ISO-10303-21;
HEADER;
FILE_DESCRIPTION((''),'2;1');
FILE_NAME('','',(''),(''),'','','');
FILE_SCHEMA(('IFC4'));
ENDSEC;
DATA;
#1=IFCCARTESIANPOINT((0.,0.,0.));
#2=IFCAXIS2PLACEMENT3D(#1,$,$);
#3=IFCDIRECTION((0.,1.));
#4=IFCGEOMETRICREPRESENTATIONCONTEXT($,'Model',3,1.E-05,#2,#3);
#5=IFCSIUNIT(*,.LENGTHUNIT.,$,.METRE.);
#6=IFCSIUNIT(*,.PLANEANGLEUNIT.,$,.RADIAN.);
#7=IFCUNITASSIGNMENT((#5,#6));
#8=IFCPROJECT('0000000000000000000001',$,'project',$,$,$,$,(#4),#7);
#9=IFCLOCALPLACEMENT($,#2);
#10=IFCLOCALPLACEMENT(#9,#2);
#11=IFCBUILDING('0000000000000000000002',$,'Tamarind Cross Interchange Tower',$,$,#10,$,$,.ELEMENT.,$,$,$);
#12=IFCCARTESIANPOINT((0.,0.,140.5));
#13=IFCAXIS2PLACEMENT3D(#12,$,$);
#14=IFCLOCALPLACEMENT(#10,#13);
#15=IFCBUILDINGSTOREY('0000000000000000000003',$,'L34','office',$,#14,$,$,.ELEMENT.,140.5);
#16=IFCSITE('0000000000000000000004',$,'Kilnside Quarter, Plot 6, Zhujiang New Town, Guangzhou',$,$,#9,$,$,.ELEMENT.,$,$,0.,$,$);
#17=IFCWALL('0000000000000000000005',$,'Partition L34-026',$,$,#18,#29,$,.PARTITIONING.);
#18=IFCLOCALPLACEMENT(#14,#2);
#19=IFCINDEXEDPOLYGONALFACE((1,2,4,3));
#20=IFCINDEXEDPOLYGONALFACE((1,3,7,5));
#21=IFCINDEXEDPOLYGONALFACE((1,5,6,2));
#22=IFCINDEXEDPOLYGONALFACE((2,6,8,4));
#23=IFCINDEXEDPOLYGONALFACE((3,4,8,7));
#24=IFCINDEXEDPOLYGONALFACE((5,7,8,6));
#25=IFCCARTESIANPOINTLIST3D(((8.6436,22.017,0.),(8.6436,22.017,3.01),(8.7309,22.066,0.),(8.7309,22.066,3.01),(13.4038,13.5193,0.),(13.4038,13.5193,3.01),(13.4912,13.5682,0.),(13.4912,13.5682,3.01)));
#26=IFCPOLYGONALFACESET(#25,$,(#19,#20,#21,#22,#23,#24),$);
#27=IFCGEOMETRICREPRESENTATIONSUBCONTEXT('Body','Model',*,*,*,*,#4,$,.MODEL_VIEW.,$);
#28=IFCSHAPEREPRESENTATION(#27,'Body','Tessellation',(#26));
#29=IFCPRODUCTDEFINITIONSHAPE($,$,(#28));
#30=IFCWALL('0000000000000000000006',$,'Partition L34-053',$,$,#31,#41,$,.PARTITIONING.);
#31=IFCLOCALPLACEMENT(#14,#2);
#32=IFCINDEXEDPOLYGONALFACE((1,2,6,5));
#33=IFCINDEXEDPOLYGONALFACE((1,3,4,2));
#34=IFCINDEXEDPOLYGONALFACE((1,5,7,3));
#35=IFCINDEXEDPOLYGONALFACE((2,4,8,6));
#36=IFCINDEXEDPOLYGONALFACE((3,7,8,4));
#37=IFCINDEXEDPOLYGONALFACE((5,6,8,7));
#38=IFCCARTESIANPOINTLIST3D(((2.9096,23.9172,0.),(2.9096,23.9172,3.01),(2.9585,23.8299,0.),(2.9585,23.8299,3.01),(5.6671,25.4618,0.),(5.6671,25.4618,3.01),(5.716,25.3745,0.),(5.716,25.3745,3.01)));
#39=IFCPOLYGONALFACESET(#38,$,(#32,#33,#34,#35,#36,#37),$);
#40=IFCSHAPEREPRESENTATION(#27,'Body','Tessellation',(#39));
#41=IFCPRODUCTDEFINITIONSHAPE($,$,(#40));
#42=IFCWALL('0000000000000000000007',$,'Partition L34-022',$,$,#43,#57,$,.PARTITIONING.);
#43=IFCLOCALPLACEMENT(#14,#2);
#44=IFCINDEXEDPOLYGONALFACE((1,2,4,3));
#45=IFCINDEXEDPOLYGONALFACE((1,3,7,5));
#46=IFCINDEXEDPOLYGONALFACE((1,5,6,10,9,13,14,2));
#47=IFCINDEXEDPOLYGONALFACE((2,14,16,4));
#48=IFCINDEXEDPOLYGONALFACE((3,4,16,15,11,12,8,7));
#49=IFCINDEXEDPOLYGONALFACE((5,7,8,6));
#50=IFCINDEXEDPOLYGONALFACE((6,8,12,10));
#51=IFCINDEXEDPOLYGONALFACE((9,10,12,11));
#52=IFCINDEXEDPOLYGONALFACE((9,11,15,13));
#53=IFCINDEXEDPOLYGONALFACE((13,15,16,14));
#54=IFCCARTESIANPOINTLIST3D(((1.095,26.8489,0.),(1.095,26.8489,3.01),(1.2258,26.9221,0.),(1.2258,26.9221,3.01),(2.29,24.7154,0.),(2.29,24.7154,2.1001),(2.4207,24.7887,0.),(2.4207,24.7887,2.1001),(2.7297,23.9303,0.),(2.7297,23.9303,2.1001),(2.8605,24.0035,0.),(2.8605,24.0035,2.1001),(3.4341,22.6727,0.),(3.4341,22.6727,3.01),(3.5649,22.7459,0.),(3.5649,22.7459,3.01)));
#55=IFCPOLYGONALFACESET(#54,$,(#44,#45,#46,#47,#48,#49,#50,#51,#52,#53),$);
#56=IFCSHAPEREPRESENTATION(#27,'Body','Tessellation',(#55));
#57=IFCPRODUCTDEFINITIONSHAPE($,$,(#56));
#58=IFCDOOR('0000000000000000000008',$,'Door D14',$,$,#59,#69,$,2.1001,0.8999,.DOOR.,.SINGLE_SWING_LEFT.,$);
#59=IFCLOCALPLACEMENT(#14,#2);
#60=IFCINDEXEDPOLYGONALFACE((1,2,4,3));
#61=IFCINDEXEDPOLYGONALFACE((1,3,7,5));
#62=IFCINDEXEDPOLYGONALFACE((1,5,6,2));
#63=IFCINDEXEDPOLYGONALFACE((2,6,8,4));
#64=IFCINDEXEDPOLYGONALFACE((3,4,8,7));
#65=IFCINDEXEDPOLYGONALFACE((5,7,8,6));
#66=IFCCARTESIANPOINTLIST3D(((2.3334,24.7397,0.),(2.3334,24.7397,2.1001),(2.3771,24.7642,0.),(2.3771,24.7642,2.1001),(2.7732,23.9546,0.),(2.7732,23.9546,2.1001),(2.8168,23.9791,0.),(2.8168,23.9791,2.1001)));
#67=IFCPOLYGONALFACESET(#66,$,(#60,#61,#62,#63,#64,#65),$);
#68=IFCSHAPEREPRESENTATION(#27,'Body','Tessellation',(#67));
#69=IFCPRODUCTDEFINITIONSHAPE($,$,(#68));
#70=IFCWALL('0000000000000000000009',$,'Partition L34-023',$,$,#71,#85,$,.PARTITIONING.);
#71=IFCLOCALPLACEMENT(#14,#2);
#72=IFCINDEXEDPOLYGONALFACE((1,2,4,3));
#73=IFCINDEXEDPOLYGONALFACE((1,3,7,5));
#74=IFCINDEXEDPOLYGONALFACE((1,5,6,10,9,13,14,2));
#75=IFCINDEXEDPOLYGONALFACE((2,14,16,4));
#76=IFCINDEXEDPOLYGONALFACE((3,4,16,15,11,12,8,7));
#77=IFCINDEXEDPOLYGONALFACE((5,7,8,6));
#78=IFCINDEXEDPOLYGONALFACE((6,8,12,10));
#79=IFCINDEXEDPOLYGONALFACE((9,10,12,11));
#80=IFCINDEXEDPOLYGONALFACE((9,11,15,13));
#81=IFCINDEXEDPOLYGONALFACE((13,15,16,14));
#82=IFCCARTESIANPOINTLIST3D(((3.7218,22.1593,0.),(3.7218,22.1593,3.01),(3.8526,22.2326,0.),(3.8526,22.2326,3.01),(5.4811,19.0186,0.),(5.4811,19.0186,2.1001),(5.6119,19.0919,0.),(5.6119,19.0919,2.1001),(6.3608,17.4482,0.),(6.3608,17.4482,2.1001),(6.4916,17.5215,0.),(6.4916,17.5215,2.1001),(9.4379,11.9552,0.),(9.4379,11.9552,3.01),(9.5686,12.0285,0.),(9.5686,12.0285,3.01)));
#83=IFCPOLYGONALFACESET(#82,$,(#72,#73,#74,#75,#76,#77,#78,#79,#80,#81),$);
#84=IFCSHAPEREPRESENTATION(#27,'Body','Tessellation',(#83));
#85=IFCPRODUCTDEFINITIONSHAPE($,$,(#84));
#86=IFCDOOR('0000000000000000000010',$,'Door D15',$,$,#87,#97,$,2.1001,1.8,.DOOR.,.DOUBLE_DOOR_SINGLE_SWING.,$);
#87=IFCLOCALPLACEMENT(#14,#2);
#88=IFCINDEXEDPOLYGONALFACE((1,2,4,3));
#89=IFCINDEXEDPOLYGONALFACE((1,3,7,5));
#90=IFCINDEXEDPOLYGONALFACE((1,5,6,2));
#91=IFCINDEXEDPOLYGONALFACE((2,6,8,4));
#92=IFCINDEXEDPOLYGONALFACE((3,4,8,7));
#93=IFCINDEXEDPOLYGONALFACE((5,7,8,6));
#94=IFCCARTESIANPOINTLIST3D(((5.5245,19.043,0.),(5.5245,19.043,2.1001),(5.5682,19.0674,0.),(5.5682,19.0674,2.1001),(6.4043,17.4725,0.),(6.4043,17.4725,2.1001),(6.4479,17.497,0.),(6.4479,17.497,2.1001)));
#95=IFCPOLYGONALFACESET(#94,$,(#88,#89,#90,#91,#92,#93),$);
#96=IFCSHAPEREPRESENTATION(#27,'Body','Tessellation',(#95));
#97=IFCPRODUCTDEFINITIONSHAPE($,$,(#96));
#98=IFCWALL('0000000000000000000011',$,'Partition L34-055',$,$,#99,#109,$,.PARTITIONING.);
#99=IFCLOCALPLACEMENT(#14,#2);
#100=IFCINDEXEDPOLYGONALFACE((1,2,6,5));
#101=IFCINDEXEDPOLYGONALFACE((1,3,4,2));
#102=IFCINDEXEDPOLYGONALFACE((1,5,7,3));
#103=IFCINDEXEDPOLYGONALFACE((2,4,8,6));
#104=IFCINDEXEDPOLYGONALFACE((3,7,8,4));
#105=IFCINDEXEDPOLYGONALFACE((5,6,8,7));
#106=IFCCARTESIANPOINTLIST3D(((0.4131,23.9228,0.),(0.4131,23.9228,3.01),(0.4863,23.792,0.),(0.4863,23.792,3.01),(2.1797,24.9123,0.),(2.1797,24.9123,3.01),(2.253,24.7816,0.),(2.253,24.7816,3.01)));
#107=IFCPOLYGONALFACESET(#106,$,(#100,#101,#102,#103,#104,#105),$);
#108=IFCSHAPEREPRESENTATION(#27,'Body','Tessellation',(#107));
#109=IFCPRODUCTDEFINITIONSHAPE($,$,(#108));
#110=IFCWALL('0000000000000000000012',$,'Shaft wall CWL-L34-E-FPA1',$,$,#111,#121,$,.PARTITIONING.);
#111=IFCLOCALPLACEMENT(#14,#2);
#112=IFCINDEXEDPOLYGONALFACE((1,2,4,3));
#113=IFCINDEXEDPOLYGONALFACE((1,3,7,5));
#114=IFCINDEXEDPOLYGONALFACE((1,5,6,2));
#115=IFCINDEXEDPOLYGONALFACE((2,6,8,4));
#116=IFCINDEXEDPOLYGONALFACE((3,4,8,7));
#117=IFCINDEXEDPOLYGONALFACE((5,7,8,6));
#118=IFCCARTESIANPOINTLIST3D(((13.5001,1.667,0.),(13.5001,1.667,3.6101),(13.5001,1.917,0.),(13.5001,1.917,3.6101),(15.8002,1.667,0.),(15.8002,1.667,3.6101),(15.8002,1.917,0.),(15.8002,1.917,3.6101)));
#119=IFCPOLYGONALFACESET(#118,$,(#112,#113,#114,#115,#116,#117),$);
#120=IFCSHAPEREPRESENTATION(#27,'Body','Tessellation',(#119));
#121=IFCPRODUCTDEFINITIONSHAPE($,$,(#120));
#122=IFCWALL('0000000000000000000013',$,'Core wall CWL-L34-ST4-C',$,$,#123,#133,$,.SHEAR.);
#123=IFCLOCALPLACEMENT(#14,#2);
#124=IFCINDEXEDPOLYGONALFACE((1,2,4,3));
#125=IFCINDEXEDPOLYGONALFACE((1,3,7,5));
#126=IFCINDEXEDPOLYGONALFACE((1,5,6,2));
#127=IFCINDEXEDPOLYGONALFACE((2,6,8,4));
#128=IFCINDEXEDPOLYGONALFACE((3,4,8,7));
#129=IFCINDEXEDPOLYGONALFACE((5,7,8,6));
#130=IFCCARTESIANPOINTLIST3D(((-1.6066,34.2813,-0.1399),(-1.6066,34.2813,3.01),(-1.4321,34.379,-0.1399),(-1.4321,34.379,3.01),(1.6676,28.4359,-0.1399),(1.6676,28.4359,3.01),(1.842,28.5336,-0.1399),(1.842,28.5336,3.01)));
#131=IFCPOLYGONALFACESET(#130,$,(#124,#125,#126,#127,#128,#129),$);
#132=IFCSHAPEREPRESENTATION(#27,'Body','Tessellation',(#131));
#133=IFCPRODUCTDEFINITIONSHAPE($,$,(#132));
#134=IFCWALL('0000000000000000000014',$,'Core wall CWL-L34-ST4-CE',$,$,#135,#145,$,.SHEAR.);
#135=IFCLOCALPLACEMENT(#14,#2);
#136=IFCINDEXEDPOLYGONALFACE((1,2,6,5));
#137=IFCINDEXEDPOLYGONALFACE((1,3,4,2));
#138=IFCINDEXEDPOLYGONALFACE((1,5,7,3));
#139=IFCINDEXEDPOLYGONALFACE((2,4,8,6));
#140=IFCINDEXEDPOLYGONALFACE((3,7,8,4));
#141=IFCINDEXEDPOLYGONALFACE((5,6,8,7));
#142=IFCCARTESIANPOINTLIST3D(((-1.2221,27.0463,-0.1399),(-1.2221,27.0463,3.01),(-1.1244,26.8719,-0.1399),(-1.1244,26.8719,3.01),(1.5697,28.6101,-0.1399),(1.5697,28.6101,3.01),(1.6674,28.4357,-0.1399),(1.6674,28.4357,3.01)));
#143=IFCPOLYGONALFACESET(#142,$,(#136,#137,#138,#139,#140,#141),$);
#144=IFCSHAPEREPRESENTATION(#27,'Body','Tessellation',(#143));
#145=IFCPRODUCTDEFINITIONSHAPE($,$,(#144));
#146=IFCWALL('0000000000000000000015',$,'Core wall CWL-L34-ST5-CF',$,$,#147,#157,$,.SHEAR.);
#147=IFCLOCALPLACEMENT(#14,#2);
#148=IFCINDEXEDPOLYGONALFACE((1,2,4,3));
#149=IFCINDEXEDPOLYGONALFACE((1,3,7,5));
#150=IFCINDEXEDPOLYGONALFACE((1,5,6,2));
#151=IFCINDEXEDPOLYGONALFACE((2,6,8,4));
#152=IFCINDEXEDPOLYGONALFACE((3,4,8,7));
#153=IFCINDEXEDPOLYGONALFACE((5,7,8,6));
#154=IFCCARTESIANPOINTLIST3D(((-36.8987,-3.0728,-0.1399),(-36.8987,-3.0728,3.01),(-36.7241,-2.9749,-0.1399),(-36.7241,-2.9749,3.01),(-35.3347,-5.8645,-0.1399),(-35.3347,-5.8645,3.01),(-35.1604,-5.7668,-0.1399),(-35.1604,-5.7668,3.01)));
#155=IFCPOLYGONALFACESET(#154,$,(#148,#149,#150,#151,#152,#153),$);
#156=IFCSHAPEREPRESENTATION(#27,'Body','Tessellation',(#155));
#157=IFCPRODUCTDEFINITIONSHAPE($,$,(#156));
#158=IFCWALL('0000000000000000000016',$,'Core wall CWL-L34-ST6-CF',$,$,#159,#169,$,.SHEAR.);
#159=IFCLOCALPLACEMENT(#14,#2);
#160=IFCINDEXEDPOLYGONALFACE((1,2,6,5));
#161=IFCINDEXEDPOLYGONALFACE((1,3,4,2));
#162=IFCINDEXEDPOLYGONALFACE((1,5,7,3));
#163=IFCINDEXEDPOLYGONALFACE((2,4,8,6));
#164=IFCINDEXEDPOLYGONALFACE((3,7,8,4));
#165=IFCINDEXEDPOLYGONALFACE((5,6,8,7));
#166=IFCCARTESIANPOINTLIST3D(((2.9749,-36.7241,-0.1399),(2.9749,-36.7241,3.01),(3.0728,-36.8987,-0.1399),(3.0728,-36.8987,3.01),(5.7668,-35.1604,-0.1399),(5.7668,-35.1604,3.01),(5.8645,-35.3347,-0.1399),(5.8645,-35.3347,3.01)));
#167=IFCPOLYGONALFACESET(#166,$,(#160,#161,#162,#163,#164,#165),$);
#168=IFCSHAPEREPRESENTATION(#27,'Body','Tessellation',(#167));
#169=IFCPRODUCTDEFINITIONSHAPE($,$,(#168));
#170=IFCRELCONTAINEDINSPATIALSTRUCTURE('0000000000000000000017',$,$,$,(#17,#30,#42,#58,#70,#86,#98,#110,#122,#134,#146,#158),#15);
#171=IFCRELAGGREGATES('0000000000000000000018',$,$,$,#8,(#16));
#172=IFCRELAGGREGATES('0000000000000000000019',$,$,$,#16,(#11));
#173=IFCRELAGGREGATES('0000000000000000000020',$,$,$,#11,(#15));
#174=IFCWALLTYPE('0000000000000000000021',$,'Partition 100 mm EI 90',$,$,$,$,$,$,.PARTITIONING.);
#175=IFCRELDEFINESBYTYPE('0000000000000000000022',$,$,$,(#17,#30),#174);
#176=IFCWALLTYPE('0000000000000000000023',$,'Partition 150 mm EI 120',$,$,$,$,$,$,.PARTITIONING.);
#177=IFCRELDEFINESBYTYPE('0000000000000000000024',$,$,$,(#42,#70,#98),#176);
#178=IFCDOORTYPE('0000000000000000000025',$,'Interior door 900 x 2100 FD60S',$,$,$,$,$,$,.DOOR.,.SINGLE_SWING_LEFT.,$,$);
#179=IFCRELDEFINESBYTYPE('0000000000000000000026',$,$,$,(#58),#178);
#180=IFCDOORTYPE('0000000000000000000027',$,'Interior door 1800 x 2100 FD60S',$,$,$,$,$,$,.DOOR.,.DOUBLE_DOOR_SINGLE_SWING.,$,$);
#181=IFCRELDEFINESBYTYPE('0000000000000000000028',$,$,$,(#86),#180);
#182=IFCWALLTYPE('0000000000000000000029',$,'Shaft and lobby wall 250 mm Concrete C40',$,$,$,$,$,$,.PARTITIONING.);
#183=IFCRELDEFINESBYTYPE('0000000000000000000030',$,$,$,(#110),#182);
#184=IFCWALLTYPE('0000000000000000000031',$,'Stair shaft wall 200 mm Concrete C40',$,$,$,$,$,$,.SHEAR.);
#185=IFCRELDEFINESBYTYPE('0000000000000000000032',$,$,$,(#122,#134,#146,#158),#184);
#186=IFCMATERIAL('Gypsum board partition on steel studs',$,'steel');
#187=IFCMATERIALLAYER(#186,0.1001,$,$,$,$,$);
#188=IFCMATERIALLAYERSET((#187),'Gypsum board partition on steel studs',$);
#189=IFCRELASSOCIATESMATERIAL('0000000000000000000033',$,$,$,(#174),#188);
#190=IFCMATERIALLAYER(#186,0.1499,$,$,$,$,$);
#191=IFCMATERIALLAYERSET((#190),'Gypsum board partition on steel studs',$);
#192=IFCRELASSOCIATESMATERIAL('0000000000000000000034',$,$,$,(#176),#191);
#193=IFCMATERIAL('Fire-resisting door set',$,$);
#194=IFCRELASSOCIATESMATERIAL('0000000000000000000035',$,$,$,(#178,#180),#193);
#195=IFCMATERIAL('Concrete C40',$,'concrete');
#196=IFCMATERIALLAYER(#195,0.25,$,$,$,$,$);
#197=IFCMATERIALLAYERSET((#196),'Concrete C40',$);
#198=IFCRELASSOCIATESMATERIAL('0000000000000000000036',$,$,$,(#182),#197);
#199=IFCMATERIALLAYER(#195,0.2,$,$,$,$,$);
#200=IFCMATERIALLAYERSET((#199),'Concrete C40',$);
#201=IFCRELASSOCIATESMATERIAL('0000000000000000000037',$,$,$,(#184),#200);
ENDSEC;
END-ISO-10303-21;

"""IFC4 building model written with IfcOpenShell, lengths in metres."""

from ifc_helpers import new_model, si_unit, direction, frame, frame_2d, origin, place, context, subcontext, project, spatial, polyline, rectangle, outline, extrude, material, layer, layer_set, type_object, element, fill, save


model = new_model("IFC4")

# Units and contexts
model_context = context("Model", 3, precision=1e-05, world=origin(), true_north=direction((0.0, 1.0)))
body_context = subcontext(model_context, "Body", "Model", "MODEL_VIEW")
ifc_project = project(units=[si_unit("LENGTHUNIT", "METRE"), si_unit("PLANEANGLEUNIT", "RADIAN")], contexts=[model_context])

# Site, building, storey
site_placement = place(None, origin())
site = spatial("IfcSite", under=ifc_project, at=site_placement, Name="Kilnside Quarter, Plot 6, Zhujiang New Town, Guangzhou", CompositionType="ELEMENT", RefElevation=0.0)
building_placement = place(site_placement, origin())
building = spatial("IfcBuilding", under=site, at=building_placement, Name="Tamarind Cross Interchange Tower", CompositionType="ELEMENT")
storey_placement = place(building_placement, frame((0.0, 0.0, 140.5)))
storey = spatial("IfcBuildingStorey", under=building, at=storey_placement, Name="L34", Description="office", CompositionType="ELEMENT", Elevation=140.5)

# Shared definitions
ifc_material_1 = material(Name="Concrete C40", Category="concrete")

# Walls
ifc_material_2 = material(Name="Gypsum board partition on steel studs", Category="steel")
ifc_layer_1 = layer(ifc_material_2, 0.1001)
ifc_layer_set_1 = layer_set([ifc_layer_1], Name="Gypsum board partition on steel studs")
wall_type_1 = type_object("IfcWallType", Name="Partition 100 mm EI 90", PredefinedType="PARTITIONING", material=ifc_layer_set_1)
wall_1_placement = place(storey_placement, frame((8.6873, 22.0415, 0.0), z_axis=(0.0, 0.0, 1.0), x_axis=(0.488719, -0.872441, 0.0)))
element("IfcWall", 1, at=wall_1_placement, inside=storey, type_object=wall_type_1, Name="Partition L34-026", PredefinedType="PARTITIONING", context=body_context, shape_type="SweptSolid", body=[
    extrude(rectangle(XDim=9.7402, YDim=0.1001, at=frame_2d((4.8701, 0.0))), origin(), (0.0, 0.0, 1.0), 3.01),
])
wall_2_placement = place(storey_placement, frame((2.9341, 23.8735, 0.0), z_axis=(0.0, 0.0, 1.0), x_axis=(0.872447, 0.488709, 0.0)))
element("IfcWall", 2, at=wall_2_placement, inside=storey, type_object=wall_type_1, Name="Partition L34-053", PredefinedType="PARTITIONING", context=body_context, shape_type="SweptSolid", body=[
    extrude(rectangle(XDim=3.1606, YDim=0.1001, at=frame_2d((1.5803, 0.0))), origin(), (0.0, 0.0, 1.0), 3.01),
])

# Walls, openings, doors
ifc_layer_2 = layer(ifc_material_2, 0.1499)
ifc_layer_set_2 = layer_set([ifc_layer_2], Name="Gypsum board partition on steel studs")
wall_type_2 = type_object("IfcWallType", Name="Partition 150 mm EI 120", PredefinedType="PARTITIONING", material=ifc_layer_set_2)
wall_3_placement = place(storey_placement, frame((1.1604, 26.8855, 0.0), z_axis=(0.0, 0.0, 1.0), x_axis=(0.488667, -0.87247, 0.0)))
wall_3 = element("IfcWall", 3, at=wall_3_placement, inside=storey, type_object=wall_type_2, Name="Partition L34-022", PredefinedType="PARTITIONING", context=body_context, shape_type="SweptSolid", body=[
    extrude(rectangle(XDim=4.7866, YDim=0.1499, at=frame_2d((2.3933, 0.0))), origin(), (0.0, 0.0, 1.0), 3.01),
])
opening_1_placement = place(wall_3_placement, frame((2.4453, 0.0, 0.0)))
opening_1 = element("IfcOpeningElement", 4, at=opening_1_placement, cuts=wall_3, PredefinedType="OPENING", context=body_context, shape_type="SweptSolid", body=[
    extrude(rectangle(XDim=0.8999, YDim=2.1001, at=frame_2d((0.45, 1.05))), frame((0.0, 0.085, 0.0), z_axis=(0.0, -1.0, 0.0), x_axis=(1.0, 0.0, 0.0)), (0.0, 0.0, 1.0), 0.1699),
])
ifc_material_3 = material(Name="Fire-resisting door set")
door_type_1 = type_object("IfcDoorType", Name="Interior door 900 x 2100 FD60S", OperationType="SINGLE_SWING_LEFT", PredefinedType="DOOR", material=ifc_material_3)
door_1_placement = place(opening_1_placement, origin())
door_1 = element("IfcDoor", 5, at=door_1_placement, inside=storey, type_object=door_type_1, Name="Door D14", OperationType="SINGLE_SWING_LEFT", OverallHeight=2.1001, OverallWidth=0.8999, PredefinedType="DOOR", context=body_context, shape_type="SweptSolid", body=[
    extrude(rectangle(XDim=0.8999, YDim=2.1001, at=frame_2d((0.45, 1.05))), frame((0.0, 0.0249, 0.0), z_axis=(0.0, -1.0, 0.0), x_axis=(1.0, 0.0, 0.0)), (0.0, 0.0, 1.0), 0.05),
])
fill(opening_1, door_1)
wall_4_placement = place(storey_placement, frame((3.7871, 22.196, 0.0), z_axis=(0.0, 0.0, 1.0), x_axis=(0.488718, -0.872442, 0.0)))
wall_4 = element("IfcWall", 6, at=wall_4_placement, inside=storey, type_object=wall_type_2, Name="Partition L34-023", PredefinedType="PARTITIONING", context=body_context, shape_type="SweptSolid", body=[
    extrude(rectangle(XDim=11.696, YDim=0.1499, at=frame_2d((5.8481, 0.0))), origin(), (0.0, 0.0, 1.0), 3.01),
])
opening_2_placement = place(wall_4_placement, frame((3.6001, 0.0, 0.0)))
opening_2 = element("IfcOpeningElement", 7, at=opening_2_placement, cuts=wall_4, PredefinedType="OPENING", context=body_context, shape_type="SweptSolid", body=[
    extrude(rectangle(XDim=1.8, YDim=2.1001, at=frame_2d((0.8999, 1.05))), frame((0.0, 0.085, 0.0), z_axis=(0.0, -1.0, 0.0), x_axis=(1.0, 0.0, 0.0)), (0.0, 0.0, 1.0), 0.1699),
])
door_type_2 = type_object("IfcDoorType", Name="Interior door 1800 x 2100 FD60S", OperationType="DOUBLE_DOOR_SINGLE_SWING", PredefinedType="DOOR", material=ifc_material_3)
door_2_placement = place(opening_2_placement, origin())
door_2 = element("IfcDoor", 8, at=door_2_placement, inside=storey, type_object=door_type_2, Name="Door D15", OperationType="DOUBLE_DOOR_SINGLE_SWING", OverallHeight=2.1001, OverallWidth=1.8, PredefinedType="DOOR", context=body_context, shape_type="SweptSolid", body=[
    extrude(rectangle(XDim=1.8, YDim=2.1001, at=frame_2d((0.8999, 1.05))), frame((0.0, 0.0249, 0.0), z_axis=(0.0, -1.0, 0.0), x_axis=(1.0, 0.0, 0.0)), (0.0, 0.0, 1.0), 0.05),
])
fill(opening_2, door_2)

# Walls
wall_5_placement = place(storey_placement, frame((0.4497, 23.8574, 0.0), z_axis=(0.0, 0.0, 1.0), x_axis=(0.872463, 0.48868, 0.0)))
element("IfcWall", 9, at=wall_5_placement, inside=storey, type_object=wall_type_2, Name="Partition L34-055", PredefinedType="PARTITIONING", context=body_context, shape_type="SweptSolid", body=[
    extrude(rectangle(XDim=2.0249, YDim=0.1499, at=frame_2d((1.0125, 0.0))), origin(), (0.0, 0.0, 1.0), 3.01),
])
ifc_layer_3 = layer(ifc_material_1, 0.25)
ifc_layer_set_3 = layer_set([ifc_layer_3], Name="Concrete C40")
wall_type_3 = type_object("IfcWallType", Name="Shaft and lobby wall 250 mm Concrete C40", PredefinedType="PARTITIONING", material=ifc_layer_set_3)
wall_6_placement = place(storey_placement, frame((15.8, 1.792, 0.0), z_axis=(0.0, 0.0, 1.0), x_axis=(-1.0, 0.0, 0.0)))
element("IfcWall", 10, at=wall_6_placement, inside=storey, type_object=wall_type_3, Name="Shaft wall CWL-L34-E-FPA1", PredefinedType="PARTITIONING", context=body_context, shape_type="SweptSolid", body=[
    extrude(rectangle(XDim=2.3, YDim=0.25, at=frame_2d((1.1499, 0.0))), origin(), (0.0, 0.0, 1.0), 3.6101),
])
ifc_layer_4 = layer(ifc_material_1, 0.2)
ifc_layer_set_4 = layer_set([ifc_layer_4], Name="Concrete C40")
wall_type_4 = type_object("IfcWallType", Name="Stair shaft wall 200 mm Concrete C40", PredefinedType="SHEAR", material=ifc_layer_set_4)
wall_7_placement = place(storey_placement, frame((1.7549, 28.4846, -0.1399), z_axis=(0.0, 0.0, 1.0), x_axis=(-0.488684, 0.872461, 0.0)))
element("IfcWall", 11, at=wall_7_placement, inside=storey, type_object=wall_type_4, Name="Core wall CWL-L34-ST4-C", PredefinedType="SHEAR", context=body_context, shape_type="SweptSolid", body=[
    extrude(rectangle(XDim=6.7, YDim=0.2, at=frame_2d((3.3501, 0.0))), origin(), (0.0, 0.0, 1.0), 3.1499),
])
wall_8_placement = place(storey_placement, frame((1.6187, 28.5229, -0.1399), z_axis=(0.0, 0.0, 1.0), x_axis=(-0.87246, -0.488685, 0.0)))
element("IfcWall", 12, at=wall_8_placement, inside=storey, type_object=wall_type_4, Name="Core wall CWL-L34-ST4-CE", PredefinedType="SHEAR", context=body_context, shape_type="SweptSolid", body=[
    extrude(rectangle(XDim=3.2, YDim=0.2, at=frame_2d((1.6001, 0.0))), origin(), (0.0, 0.0, 1.0), 3.1499),
])
wall_9_placement = place(storey_placement, frame((0.0, 0.0, -0.1399)))
element("IfcWall", 13, at=wall_9_placement, inside=storey, type_object=wall_type_4, Name="Core wall CWL-L34-ST5-CF", PredefinedType="SHEAR", context=body_context, shape_type="SweptSolid", body=[
    extrude(outline(polyline([(-36.7241, -2.9749), (-36.8987, -3.0728), (-35.3347, -5.8645), (-35.1604, -5.7668), (-36.7241, -2.9749)])), origin(), (0.0, 0.0, 1.0), 3.1499),
])
wall_10_placement = place(storey_placement, frame((0.0, 0.0, -0.1399)))
element("IfcWall", 14, at=wall_10_placement, inside=storey, type_object=wall_type_4, Name="Core wall CWL-L34-ST6-CF", PredefinedType="SHEAR", context=body_context, shape_type="SweptSolid", body=[
    extrude(outline(polyline([(2.9749, -36.7241), (3.0728, -36.8987), (5.8645, -35.3347), (5.7668, -35.1604), (2.9749, -36.7241)])), origin(), (0.0, 0.0, 1.0), 3.1499),
])

save(model, "model.ifc")
